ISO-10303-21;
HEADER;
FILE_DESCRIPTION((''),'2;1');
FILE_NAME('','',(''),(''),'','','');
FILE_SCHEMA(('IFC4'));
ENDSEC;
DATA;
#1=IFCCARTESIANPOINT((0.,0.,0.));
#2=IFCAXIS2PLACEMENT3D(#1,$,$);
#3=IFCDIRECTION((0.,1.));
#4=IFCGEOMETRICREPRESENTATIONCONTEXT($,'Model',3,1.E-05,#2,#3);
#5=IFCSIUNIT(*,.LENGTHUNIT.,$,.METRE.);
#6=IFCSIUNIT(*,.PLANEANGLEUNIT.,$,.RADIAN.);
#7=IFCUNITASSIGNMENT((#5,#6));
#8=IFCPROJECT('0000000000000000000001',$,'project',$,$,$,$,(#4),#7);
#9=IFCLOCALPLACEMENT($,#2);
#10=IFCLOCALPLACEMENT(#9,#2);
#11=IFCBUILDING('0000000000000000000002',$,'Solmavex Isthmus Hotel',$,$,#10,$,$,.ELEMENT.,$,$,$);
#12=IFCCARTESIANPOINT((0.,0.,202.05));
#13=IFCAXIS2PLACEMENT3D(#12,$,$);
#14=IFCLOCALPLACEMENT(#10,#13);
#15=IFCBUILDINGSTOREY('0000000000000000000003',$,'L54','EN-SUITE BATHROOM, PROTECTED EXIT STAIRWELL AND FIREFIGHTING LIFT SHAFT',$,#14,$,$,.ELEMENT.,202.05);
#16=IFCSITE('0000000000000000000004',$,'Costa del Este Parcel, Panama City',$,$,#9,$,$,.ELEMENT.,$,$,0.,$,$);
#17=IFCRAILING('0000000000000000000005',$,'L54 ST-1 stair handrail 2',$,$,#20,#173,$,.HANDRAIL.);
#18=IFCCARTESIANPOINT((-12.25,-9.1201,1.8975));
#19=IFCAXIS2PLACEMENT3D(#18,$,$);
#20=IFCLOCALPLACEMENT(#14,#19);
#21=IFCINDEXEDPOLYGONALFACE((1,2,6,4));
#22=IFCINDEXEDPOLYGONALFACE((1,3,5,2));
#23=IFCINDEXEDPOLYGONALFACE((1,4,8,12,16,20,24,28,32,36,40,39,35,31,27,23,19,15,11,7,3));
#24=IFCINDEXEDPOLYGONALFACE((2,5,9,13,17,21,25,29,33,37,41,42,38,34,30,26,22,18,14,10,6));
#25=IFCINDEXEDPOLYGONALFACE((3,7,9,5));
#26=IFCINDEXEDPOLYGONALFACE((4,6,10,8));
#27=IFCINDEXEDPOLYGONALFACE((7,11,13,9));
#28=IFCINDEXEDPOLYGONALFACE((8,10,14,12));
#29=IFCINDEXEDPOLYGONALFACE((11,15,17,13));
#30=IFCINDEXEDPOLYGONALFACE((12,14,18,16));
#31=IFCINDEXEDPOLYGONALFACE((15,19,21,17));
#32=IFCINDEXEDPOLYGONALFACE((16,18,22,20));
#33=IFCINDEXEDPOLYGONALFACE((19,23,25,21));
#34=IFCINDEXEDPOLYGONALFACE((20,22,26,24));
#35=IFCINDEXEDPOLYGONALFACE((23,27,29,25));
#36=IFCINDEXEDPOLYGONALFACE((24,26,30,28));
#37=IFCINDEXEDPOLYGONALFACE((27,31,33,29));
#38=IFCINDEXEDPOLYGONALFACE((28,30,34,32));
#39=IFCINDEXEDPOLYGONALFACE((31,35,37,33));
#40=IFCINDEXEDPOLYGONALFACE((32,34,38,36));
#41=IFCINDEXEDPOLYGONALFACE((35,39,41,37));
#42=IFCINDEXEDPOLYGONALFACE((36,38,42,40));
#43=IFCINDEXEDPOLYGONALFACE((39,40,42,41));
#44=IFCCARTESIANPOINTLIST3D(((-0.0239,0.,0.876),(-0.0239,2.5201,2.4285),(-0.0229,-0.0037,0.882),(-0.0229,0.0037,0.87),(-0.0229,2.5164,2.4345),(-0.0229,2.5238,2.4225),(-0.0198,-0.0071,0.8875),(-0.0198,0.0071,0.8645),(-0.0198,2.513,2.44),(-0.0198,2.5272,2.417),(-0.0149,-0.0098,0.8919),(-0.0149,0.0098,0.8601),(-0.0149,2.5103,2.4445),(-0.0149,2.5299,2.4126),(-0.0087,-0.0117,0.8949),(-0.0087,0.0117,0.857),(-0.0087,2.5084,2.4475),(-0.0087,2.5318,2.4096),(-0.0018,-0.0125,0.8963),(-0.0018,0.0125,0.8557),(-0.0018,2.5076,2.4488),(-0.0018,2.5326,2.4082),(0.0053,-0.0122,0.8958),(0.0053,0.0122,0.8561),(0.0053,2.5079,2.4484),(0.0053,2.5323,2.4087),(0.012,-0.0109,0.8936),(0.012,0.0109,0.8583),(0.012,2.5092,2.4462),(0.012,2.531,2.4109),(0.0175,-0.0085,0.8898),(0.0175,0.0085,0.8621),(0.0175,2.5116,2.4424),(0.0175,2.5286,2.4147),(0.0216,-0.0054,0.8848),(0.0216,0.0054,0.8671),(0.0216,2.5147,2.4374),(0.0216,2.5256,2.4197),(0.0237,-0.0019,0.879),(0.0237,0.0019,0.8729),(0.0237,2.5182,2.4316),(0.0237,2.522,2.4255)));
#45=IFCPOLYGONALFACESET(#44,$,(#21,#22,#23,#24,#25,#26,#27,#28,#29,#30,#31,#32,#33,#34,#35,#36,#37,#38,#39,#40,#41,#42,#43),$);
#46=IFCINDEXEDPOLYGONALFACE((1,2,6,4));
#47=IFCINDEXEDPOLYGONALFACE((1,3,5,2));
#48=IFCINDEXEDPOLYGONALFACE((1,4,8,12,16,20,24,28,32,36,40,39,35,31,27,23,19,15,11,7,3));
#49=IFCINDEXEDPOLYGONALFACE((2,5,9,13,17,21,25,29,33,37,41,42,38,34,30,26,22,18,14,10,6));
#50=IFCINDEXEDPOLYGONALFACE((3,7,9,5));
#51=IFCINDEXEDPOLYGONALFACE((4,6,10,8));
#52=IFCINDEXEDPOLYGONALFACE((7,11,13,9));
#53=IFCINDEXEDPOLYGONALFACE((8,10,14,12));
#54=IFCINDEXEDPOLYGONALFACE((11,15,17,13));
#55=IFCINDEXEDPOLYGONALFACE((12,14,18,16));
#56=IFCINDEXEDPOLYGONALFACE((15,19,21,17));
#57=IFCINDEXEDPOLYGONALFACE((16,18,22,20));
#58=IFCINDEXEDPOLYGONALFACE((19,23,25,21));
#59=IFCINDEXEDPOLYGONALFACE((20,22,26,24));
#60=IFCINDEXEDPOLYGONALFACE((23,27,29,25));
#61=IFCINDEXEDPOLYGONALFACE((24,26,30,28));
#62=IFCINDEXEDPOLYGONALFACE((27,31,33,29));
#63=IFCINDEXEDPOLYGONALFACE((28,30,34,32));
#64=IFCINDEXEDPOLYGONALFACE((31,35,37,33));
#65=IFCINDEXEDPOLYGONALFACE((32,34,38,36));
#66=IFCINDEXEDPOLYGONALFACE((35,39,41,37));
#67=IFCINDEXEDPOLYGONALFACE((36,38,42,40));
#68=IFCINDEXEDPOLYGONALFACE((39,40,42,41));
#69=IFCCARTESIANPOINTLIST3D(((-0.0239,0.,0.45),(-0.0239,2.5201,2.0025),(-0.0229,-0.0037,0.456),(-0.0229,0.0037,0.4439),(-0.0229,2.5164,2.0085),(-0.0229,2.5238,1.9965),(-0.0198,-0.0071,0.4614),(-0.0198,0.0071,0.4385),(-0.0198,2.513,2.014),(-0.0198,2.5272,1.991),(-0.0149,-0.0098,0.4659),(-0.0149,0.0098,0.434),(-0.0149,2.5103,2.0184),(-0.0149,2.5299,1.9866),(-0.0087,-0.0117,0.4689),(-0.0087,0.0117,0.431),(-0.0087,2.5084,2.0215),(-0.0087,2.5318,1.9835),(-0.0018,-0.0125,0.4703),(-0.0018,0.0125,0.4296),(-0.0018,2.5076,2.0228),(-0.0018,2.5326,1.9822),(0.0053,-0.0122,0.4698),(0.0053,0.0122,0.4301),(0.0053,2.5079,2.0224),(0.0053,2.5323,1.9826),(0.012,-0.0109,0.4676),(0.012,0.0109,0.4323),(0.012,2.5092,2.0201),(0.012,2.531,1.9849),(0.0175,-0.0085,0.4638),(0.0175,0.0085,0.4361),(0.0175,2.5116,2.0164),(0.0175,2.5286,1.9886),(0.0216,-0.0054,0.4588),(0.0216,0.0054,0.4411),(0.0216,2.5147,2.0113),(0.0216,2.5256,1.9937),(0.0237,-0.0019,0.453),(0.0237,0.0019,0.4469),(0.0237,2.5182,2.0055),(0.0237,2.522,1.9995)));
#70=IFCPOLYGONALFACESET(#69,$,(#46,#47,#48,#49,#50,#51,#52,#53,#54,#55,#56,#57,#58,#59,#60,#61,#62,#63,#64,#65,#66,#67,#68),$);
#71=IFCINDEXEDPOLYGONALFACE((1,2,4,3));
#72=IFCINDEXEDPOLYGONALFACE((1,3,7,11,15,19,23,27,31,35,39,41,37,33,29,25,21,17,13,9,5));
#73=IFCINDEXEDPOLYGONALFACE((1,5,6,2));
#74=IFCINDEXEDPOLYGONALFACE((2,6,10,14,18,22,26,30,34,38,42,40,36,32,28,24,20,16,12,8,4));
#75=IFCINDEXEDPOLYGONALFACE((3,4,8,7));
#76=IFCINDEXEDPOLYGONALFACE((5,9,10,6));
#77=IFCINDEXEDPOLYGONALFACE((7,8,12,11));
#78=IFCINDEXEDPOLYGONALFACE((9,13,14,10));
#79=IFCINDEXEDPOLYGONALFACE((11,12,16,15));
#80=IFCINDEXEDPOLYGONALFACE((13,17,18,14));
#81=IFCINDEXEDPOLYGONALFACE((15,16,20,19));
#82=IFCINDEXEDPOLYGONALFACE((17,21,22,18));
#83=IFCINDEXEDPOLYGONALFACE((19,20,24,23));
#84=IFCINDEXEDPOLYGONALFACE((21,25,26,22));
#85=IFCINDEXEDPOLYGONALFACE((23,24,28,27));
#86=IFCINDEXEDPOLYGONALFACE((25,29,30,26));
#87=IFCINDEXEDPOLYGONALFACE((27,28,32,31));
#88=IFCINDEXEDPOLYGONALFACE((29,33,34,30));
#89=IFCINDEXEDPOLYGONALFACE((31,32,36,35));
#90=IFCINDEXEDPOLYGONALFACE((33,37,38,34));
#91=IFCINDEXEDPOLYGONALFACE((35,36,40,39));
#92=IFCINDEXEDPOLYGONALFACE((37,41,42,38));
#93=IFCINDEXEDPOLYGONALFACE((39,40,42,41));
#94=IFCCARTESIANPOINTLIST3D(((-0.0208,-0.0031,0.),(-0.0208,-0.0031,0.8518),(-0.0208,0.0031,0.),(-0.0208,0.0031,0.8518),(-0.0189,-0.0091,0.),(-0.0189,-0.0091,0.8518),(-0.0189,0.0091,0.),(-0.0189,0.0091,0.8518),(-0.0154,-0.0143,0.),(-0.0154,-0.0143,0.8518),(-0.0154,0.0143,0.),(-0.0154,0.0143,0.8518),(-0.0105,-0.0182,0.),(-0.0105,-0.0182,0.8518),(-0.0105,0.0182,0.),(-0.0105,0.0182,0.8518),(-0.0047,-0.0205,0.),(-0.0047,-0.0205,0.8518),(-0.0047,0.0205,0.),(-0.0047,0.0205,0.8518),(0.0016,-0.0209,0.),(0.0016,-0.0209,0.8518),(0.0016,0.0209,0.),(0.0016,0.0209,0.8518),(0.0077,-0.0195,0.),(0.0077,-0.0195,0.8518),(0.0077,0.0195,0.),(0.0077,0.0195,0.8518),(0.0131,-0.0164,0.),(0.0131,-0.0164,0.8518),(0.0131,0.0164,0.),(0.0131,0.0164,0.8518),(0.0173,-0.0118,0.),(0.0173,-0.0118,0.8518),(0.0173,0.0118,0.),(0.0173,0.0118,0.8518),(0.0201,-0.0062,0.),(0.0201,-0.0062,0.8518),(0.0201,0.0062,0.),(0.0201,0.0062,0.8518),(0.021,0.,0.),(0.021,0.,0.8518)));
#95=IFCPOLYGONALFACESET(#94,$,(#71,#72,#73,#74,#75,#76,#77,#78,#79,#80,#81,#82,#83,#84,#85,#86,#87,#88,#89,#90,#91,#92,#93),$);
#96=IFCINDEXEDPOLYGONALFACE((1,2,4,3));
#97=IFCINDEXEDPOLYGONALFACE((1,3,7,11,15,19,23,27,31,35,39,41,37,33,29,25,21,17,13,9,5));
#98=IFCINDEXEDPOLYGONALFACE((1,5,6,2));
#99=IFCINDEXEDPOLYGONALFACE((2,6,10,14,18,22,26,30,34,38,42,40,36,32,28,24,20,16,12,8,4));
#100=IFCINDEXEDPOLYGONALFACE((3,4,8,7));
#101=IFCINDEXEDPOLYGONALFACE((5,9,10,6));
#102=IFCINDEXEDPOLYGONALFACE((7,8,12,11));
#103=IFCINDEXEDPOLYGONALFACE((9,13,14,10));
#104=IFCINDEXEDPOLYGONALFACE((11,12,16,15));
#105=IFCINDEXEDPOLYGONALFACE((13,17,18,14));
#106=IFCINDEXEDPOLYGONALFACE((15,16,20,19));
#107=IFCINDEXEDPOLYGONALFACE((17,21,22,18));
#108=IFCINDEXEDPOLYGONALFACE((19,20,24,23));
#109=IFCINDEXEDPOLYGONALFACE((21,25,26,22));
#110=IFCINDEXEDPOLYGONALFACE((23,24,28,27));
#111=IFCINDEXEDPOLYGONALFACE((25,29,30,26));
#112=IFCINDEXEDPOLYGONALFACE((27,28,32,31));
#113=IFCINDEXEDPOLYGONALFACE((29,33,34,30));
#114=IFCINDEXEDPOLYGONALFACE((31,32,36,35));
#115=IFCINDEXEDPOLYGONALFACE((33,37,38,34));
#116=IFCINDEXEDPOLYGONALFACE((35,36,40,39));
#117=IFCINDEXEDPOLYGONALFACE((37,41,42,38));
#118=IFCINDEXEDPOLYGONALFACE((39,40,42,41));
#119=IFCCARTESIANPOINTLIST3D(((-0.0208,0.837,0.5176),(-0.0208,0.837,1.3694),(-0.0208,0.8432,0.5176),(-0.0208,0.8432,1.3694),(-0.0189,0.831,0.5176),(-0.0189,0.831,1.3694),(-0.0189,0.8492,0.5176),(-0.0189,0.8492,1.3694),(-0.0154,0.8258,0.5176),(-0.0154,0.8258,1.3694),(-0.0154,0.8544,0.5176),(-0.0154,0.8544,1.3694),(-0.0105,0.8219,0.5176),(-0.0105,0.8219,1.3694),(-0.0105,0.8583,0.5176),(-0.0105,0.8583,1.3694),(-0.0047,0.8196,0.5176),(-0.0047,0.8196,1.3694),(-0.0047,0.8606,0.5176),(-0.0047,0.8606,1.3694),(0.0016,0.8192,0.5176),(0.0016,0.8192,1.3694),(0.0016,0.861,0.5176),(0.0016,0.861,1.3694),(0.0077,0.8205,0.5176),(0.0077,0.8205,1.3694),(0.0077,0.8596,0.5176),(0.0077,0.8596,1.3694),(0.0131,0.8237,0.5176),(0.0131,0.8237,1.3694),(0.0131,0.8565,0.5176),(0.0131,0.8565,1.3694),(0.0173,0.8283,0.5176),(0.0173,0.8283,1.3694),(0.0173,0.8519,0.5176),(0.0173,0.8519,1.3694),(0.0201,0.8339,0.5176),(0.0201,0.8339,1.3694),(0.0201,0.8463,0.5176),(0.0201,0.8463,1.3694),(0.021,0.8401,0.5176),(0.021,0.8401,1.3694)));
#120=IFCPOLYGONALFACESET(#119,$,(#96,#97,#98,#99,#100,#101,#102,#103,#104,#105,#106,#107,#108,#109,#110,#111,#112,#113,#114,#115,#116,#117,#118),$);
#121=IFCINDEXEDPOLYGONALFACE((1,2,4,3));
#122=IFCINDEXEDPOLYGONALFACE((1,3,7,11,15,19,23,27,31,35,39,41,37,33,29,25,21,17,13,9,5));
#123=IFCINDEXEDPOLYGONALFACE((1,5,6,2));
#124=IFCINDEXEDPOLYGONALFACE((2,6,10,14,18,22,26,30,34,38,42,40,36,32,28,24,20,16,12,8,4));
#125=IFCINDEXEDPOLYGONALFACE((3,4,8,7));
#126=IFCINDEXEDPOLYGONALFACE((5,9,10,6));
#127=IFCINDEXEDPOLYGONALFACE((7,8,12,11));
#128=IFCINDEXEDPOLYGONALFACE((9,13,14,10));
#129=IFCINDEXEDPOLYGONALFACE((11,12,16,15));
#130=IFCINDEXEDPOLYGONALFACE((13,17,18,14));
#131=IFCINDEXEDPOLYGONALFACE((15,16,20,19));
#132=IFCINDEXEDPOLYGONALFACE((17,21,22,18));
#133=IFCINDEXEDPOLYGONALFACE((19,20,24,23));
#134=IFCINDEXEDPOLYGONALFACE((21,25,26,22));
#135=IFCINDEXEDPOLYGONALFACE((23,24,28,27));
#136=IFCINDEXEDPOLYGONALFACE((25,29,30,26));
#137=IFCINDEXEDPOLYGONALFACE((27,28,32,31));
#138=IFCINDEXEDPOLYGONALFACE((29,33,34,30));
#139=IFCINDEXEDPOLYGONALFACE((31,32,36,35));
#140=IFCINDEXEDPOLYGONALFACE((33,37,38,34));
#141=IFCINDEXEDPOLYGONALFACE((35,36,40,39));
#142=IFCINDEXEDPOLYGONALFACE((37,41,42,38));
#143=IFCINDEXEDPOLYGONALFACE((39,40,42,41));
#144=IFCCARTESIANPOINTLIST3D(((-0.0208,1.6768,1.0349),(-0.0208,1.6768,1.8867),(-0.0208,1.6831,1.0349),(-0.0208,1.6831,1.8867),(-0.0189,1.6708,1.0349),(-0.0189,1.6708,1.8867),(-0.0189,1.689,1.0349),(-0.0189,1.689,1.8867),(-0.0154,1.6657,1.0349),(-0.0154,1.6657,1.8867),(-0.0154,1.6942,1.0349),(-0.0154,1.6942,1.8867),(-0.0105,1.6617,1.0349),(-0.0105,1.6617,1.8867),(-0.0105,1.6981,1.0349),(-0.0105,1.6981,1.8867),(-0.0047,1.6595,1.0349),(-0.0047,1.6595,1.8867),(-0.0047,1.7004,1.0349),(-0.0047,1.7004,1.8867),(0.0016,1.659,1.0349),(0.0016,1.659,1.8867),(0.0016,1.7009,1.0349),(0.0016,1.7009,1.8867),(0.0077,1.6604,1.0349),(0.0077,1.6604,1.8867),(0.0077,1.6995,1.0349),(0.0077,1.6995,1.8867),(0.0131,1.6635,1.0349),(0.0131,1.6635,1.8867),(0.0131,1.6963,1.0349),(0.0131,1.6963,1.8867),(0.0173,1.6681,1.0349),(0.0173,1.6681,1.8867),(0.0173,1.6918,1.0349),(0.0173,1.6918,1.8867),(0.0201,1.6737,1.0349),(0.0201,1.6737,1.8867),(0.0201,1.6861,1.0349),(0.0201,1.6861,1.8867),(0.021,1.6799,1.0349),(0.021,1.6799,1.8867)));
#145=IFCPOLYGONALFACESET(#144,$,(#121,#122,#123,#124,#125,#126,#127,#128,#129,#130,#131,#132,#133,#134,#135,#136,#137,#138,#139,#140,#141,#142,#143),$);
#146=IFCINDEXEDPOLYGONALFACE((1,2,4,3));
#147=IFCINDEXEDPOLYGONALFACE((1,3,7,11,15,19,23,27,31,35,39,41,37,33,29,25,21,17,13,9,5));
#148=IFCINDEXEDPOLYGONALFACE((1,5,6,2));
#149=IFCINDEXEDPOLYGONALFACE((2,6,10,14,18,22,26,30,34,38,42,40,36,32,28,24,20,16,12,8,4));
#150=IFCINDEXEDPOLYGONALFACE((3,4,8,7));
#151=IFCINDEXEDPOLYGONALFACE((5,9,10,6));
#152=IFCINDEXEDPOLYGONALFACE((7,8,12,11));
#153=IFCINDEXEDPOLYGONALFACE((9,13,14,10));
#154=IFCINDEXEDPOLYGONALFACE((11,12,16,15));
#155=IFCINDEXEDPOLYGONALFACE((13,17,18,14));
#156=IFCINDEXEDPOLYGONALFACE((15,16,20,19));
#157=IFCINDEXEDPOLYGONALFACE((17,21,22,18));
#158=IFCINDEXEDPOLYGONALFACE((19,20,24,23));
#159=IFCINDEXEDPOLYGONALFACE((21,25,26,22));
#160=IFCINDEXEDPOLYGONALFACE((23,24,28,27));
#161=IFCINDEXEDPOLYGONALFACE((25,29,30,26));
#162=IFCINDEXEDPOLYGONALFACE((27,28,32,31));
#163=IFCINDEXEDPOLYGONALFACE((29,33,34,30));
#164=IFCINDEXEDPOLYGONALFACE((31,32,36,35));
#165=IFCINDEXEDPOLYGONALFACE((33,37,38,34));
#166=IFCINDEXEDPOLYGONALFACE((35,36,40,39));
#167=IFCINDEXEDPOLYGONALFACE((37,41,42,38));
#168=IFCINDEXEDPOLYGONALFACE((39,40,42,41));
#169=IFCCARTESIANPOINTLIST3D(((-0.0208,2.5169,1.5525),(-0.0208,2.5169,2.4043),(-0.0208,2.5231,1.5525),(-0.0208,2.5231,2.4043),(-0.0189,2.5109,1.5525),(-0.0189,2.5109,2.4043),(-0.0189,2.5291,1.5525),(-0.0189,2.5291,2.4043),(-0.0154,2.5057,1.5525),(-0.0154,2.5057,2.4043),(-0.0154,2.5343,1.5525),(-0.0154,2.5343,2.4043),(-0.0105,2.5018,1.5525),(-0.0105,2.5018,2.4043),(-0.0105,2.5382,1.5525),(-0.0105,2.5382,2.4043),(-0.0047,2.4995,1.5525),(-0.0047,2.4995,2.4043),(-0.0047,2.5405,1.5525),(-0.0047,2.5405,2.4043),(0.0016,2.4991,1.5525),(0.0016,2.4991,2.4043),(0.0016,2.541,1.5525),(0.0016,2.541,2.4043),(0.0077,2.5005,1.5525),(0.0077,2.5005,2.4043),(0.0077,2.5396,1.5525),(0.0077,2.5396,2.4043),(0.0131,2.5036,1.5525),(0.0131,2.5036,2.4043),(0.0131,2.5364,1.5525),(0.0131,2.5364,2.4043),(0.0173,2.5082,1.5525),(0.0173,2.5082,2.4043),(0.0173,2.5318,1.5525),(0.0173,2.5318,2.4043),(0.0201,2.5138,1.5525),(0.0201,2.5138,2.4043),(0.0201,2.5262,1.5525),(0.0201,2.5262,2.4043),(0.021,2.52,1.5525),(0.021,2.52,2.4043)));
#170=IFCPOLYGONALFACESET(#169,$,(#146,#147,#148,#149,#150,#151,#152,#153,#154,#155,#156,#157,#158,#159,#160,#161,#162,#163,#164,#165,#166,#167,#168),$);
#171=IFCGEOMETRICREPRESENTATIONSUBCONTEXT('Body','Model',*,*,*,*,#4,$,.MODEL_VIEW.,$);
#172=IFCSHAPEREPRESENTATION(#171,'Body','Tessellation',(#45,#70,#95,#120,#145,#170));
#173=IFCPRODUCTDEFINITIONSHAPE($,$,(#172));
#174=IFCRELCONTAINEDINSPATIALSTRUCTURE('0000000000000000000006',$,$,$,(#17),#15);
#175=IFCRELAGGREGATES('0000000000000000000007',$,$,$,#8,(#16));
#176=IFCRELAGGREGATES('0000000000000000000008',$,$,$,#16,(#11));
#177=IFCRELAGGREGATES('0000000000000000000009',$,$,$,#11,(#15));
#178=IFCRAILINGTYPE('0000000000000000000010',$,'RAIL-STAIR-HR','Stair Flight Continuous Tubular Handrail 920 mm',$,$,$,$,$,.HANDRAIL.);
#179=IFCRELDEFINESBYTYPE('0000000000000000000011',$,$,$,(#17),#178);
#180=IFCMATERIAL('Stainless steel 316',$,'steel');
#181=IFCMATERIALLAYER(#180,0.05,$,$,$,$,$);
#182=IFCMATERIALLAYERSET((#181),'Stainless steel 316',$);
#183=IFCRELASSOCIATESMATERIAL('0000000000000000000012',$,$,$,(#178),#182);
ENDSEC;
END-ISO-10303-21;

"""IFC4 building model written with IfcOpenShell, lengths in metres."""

from ifc_helpers import new_model, si_unit, direction, frame, origin, origin_2d, place, context, subcontext, project, spatial, circle, extrude, material, layer, layer_set, type_object, element, save


model = new_model("IFC4")

# Units and contexts
model_context = context("Model", 3, precision=1e-05, world=origin(), true_north=direction((0.0, 1.0)))
body_context = subcontext(model_context, "Body", "Model", "MODEL_VIEW")
ifc_project = project(units=[si_unit("LENGTHUNIT", "METRE"), si_unit("PLANEANGLEUNIT", "RADIAN")], contexts=[model_context])

# Site, building, storey
site_placement = place(None, origin())
site = spatial("IfcSite", under=ifc_project, at=site_placement, Name="Costa del Este Parcel, Panama City", CompositionType="ELEMENT", RefElevation=0.0)
building_placement = place(site_placement, origin())
building = spatial("IfcBuilding", under=site, at=building_placement, Name="Solmavex Isthmus Hotel", CompositionType="ELEMENT")
storey_placement = place(building_placement, frame((0.0, 0.0, 202.05)))
storey = spatial("IfcBuildingStorey", under=building, at=storey_placement, Name="L54", Description="EN-SUITE BATHROOM, PROTECTED EXIT STAIRWELL AND FIREFIGHTING LIFT SHAFT", CompositionType="ELEMENT", Elevation=202.05)

# Railing
ifc_material_1 = material(Name="Stainless steel 316", Category="steel")
ifc_layer_1 = layer(ifc_material_1, 0.05)
ifc_layer_set_1 = layer_set([ifc_layer_1], Name="Stainless steel 316")
railing_type = type_object("IfcRailingType", Name="RAIL-STAIR-HR", Description="Stair Flight Continuous Tubular Handrail 920 mm", PredefinedType="HANDRAIL", material=ifc_layer_set_1)
railing_placement = place(storey_placement, frame((-12.25, -9.1201, 1.8975)))
element("IfcRailing", 1, at=railing_placement, inside=storey, type_object=railing_type, Name="L54 ST-1 stair handrail 2", PredefinedType="HANDRAIL", context=body_context, shape_type="SweptSolid", body=[
    extrude(circle(Radius=0.0239, at=origin_2d()), frame((0.0, 0.0, 0.876), z_axis=(0.0, 0.8514, 0.524516), x_axis=(-1.0, 0.0, 0.0)), (0.0, 0.0, 1.0), 2.96),
    extrude(circle(Radius=0.0239, at=origin_2d()), frame((0.0, 0.0, 0.45), z_axis=(0.0, 0.8514, 0.524516), x_axis=(-1.0, 0.0, 0.0)), (0.0, 0.0, 1.0), 2.96),
    extrude(circle(Radius=0.021, at=origin_2d()), origin(), (0.0, 0.0, 1.0), 0.8518),
    extrude(circle(Radius=0.021, at=origin_2d()), frame((0.0, 0.8401, 0.5176)), (0.0, 0.0, 1.0), 0.8518),
    extrude(circle(Radius=0.021, at=origin_2d()), frame((0.0, 1.6799, 1.0349)), (0.0, 0.0, 1.0), 0.8518),
    extrude(circle(Radius=0.021, at=origin_2d()), frame((0.0, 2.52, 1.5525)), (0.0, 0.0, 1.0), 0.8518),
])

save(model, "model.ifc")
